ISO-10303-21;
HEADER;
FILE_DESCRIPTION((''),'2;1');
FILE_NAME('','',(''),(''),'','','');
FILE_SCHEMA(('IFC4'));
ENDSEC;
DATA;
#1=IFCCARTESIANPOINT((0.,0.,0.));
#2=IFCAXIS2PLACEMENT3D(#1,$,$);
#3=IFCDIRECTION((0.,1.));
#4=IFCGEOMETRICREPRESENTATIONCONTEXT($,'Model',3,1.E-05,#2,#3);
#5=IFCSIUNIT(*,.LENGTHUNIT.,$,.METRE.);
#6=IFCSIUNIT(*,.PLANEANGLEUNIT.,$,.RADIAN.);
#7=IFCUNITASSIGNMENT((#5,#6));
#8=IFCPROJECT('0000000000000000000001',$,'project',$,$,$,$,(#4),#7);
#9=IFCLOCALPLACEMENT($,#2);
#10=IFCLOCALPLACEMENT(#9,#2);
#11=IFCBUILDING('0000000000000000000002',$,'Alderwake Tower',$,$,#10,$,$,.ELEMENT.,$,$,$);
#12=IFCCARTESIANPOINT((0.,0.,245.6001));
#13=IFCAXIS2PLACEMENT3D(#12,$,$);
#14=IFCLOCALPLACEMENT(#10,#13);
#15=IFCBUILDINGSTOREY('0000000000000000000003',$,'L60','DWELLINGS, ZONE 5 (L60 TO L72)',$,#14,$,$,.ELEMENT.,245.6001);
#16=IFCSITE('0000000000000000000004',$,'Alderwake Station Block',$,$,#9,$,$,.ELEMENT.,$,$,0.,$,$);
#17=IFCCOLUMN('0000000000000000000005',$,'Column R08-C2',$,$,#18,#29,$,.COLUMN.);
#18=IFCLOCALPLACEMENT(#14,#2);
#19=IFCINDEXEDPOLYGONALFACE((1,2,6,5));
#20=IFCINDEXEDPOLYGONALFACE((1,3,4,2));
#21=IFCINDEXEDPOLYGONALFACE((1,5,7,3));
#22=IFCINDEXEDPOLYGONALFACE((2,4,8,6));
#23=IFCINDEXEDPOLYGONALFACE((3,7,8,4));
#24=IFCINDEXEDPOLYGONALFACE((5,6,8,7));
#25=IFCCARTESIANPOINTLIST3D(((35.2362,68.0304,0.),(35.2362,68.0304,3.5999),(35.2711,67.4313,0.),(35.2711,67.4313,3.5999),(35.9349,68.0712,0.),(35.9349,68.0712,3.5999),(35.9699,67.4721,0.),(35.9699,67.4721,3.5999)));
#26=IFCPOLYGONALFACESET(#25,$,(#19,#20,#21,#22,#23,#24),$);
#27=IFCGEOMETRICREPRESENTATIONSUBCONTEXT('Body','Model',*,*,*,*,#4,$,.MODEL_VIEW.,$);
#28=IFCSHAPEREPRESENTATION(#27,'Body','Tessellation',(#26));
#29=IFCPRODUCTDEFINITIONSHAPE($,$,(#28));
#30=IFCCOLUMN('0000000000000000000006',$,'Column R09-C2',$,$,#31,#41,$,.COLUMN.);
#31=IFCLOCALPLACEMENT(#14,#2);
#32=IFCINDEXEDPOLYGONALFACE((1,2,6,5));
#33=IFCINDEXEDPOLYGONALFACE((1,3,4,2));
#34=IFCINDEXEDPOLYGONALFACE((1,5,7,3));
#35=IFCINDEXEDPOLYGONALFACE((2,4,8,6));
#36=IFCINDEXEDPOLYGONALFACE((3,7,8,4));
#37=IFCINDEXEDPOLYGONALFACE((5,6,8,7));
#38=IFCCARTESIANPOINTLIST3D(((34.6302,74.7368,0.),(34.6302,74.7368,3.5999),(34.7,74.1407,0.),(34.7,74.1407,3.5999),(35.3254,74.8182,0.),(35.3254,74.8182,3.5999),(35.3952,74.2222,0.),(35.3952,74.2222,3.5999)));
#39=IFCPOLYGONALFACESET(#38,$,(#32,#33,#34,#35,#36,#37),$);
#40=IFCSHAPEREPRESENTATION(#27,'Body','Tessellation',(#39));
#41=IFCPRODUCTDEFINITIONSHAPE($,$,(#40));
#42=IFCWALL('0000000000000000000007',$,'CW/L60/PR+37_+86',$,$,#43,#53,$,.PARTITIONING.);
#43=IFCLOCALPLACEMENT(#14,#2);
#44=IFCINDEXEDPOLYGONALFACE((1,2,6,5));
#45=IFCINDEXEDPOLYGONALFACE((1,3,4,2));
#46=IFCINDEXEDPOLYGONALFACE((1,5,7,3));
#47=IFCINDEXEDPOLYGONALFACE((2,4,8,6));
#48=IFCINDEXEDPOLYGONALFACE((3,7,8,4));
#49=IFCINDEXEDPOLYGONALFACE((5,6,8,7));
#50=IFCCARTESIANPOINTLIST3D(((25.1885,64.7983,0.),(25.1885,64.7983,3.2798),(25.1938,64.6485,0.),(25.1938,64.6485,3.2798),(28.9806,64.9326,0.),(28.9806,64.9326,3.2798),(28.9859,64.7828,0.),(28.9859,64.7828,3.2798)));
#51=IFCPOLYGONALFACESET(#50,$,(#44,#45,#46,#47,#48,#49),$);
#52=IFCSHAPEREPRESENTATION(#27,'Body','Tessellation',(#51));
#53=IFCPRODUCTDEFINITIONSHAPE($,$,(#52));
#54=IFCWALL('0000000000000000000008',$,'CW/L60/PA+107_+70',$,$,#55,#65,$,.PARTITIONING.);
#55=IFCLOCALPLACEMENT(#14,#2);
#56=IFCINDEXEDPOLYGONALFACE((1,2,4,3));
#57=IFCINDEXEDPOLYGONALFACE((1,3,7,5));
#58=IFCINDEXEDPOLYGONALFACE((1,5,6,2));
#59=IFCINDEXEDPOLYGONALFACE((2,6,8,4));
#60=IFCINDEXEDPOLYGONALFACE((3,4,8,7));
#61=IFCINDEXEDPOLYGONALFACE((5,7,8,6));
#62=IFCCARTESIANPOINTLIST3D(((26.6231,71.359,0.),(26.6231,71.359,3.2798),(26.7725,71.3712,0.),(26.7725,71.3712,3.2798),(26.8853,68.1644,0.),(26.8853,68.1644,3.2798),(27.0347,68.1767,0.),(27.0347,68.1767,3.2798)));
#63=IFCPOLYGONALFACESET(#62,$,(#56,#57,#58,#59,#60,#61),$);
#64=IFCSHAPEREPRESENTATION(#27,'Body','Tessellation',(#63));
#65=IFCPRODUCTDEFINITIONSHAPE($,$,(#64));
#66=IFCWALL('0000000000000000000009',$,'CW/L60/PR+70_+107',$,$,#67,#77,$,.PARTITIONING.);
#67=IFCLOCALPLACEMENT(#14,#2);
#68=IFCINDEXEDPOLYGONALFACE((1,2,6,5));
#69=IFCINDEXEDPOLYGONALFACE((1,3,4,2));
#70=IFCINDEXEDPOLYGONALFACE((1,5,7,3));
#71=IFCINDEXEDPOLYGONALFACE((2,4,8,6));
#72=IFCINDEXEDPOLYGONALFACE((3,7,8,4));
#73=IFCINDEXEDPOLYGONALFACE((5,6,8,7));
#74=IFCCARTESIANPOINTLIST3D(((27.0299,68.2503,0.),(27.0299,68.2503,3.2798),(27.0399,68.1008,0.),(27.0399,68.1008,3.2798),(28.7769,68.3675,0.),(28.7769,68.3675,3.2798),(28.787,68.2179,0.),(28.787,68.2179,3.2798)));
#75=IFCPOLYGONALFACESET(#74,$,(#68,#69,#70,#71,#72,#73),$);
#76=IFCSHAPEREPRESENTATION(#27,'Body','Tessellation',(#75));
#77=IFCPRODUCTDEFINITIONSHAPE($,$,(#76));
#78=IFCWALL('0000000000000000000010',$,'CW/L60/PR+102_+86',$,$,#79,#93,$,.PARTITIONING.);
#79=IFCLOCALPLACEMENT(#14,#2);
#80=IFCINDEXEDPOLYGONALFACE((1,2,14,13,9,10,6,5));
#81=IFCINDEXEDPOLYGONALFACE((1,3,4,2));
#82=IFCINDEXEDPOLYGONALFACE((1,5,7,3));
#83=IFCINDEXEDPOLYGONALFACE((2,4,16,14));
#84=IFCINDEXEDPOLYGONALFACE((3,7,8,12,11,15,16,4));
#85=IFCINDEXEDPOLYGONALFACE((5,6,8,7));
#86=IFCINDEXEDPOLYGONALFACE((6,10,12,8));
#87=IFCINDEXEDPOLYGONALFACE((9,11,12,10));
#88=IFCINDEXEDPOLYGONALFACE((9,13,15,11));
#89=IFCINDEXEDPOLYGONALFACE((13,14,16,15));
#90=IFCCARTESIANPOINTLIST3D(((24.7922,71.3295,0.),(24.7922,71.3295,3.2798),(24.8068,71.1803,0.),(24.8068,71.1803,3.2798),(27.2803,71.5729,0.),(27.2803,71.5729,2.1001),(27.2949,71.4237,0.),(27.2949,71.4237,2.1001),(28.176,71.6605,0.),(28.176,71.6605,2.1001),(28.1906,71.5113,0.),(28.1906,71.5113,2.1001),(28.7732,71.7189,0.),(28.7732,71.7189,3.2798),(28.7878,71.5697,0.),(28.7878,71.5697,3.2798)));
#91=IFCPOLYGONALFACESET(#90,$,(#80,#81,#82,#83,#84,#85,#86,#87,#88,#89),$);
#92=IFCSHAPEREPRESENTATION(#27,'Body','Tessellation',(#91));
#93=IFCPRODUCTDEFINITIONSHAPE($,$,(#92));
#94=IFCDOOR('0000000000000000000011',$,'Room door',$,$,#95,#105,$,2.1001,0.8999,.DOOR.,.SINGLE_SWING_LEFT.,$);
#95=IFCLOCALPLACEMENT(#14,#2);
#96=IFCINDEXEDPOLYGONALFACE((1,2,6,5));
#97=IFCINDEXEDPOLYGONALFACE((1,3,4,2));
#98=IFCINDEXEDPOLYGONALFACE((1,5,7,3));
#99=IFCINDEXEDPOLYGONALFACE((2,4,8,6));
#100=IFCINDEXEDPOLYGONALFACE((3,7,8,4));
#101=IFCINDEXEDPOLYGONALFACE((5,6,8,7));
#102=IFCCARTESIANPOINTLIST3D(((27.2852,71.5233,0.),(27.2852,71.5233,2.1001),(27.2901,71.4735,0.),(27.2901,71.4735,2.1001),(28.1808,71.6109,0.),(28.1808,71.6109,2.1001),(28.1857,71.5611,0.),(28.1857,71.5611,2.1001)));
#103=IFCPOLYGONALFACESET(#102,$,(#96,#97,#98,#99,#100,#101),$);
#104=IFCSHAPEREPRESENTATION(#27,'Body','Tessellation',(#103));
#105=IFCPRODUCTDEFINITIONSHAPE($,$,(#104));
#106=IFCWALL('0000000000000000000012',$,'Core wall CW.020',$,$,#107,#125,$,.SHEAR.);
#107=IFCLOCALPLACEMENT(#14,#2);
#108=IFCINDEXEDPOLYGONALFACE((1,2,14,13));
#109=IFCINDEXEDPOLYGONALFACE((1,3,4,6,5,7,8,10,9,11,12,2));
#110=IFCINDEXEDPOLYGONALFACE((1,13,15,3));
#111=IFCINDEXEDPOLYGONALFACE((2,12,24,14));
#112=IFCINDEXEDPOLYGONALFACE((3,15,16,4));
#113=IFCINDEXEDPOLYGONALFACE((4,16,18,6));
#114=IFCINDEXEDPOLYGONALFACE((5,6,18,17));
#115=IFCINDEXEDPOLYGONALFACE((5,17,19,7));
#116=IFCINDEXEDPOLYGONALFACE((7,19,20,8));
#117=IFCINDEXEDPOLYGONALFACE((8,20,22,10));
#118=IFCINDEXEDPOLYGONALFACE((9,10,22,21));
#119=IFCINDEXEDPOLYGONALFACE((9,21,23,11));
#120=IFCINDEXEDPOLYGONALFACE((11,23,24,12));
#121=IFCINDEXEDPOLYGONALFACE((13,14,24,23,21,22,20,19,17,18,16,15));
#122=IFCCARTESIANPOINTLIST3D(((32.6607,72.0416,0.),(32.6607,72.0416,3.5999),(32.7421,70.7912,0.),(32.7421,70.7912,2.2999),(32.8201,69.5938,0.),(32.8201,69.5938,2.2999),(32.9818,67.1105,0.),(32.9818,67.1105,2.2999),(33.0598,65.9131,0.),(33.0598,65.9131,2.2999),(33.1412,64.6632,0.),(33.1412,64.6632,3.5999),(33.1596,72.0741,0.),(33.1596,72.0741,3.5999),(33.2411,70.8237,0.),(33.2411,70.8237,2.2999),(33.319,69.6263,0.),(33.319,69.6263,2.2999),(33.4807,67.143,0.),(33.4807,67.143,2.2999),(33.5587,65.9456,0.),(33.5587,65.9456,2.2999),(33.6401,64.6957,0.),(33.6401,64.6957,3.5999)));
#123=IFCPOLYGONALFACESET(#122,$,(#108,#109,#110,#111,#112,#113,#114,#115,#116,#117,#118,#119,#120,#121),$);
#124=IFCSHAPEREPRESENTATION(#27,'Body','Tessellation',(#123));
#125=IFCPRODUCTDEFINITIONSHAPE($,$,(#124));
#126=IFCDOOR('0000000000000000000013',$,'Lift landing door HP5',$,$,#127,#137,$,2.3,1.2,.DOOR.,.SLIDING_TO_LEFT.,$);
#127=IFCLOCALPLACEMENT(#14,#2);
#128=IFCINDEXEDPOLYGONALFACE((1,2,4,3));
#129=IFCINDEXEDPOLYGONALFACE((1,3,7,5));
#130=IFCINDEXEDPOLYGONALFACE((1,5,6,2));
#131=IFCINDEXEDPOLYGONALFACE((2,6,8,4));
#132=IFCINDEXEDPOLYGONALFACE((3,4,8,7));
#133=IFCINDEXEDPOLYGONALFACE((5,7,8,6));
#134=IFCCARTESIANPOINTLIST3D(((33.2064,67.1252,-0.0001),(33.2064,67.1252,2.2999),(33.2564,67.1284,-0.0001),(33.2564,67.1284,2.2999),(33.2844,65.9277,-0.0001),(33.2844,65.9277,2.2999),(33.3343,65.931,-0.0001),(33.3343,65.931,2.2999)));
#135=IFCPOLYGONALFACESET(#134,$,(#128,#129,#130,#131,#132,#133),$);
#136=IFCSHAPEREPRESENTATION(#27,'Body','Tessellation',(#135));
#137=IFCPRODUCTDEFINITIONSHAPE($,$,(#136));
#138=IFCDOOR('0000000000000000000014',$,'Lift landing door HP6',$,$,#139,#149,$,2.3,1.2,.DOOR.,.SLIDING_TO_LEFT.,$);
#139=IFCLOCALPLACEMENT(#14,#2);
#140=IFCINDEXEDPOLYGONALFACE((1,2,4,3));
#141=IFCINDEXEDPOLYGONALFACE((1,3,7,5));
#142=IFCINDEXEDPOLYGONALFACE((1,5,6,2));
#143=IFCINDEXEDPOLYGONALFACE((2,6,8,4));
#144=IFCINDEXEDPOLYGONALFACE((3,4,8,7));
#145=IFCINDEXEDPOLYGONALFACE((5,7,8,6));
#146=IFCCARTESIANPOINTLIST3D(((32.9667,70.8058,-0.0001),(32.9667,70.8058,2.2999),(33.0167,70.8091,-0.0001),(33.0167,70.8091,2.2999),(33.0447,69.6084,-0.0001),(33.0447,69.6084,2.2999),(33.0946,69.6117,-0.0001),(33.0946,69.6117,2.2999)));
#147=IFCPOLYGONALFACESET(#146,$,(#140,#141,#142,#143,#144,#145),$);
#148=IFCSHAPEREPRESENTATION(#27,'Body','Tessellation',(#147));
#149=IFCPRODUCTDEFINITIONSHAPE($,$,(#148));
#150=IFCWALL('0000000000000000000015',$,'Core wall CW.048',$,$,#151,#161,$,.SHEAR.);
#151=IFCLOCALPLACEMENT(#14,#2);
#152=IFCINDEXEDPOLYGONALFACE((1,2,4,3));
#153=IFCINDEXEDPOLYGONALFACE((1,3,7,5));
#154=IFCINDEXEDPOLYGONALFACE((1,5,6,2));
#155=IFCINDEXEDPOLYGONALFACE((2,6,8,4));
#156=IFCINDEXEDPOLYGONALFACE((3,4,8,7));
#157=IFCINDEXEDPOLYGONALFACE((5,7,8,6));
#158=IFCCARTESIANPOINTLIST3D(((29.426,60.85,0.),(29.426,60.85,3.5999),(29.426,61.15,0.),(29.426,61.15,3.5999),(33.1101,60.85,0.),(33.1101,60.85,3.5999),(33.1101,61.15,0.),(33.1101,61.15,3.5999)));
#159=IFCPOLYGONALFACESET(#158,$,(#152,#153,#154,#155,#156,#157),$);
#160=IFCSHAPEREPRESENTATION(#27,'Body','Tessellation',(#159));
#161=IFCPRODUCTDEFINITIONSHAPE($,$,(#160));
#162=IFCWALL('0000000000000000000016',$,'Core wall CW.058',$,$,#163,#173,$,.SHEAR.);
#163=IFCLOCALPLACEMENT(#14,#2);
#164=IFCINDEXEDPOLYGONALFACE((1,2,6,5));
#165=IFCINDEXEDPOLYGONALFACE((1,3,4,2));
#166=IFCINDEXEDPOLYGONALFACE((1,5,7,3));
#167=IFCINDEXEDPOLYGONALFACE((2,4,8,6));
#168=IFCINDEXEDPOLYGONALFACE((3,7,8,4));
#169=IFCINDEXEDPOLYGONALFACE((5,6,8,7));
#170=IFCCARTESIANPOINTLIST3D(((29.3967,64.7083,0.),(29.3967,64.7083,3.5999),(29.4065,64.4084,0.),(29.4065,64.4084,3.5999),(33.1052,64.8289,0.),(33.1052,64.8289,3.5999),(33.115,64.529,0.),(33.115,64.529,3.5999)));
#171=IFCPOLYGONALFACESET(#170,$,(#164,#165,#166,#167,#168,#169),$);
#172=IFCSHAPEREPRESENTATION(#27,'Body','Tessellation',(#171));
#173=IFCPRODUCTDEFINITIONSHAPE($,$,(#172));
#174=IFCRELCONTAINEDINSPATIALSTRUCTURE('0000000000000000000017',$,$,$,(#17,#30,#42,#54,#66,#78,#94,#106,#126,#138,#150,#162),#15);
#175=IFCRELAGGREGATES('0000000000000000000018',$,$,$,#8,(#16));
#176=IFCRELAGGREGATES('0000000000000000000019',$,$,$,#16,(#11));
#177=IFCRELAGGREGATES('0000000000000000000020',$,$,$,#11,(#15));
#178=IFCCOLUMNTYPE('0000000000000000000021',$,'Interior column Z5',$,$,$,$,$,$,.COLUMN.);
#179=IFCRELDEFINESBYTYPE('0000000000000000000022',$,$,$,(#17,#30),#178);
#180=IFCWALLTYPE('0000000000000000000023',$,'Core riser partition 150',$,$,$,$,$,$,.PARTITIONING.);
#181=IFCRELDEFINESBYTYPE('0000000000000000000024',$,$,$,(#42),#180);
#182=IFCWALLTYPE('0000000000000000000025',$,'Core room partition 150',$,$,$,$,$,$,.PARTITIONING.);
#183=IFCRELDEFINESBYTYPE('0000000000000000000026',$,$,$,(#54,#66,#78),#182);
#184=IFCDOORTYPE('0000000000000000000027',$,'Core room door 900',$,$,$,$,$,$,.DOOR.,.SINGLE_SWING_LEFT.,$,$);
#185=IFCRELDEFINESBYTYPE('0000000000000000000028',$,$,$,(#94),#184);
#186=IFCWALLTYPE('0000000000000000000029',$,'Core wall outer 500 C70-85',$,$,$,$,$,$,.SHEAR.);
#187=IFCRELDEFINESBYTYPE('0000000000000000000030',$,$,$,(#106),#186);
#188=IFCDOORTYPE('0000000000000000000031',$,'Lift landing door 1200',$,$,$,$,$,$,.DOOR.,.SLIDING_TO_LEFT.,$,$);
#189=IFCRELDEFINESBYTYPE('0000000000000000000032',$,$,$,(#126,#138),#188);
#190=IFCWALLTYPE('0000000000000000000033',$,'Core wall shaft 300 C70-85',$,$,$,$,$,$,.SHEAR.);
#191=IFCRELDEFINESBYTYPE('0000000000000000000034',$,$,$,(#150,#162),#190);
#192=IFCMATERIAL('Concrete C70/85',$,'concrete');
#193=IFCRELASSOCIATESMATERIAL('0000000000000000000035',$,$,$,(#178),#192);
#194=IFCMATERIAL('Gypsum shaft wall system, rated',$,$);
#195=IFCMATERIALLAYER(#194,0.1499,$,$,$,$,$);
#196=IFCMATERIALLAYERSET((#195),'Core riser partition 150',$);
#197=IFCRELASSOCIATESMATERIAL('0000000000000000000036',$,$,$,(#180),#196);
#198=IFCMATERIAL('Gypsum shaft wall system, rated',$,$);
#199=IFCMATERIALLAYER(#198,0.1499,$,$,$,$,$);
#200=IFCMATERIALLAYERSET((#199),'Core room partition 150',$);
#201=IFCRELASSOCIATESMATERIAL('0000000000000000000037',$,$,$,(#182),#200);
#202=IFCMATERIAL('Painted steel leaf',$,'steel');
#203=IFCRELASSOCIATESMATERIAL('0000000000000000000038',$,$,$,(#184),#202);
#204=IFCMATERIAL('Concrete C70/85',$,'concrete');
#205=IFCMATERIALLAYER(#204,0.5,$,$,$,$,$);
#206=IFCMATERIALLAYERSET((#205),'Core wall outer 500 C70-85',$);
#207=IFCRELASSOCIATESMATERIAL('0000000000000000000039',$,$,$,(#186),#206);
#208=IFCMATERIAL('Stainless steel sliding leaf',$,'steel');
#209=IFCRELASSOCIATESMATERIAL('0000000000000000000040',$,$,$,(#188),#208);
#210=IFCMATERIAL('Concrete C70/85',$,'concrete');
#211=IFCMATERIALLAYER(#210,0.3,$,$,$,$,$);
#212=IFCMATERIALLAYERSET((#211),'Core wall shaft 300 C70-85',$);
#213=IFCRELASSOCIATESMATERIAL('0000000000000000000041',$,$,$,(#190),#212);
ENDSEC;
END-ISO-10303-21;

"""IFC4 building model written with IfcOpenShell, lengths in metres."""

from ifc_helpers import new_model, si_unit, direction, frame, frame_2d, origin, origin_2d, place, context, subcontext, project, spatial, rectangle, extrude, material, layer, layer_set, material_profile, profile_set, type_object, element, fill, save


model = new_model("IFC4")

# Units and contexts
model_context = context("Model", 3, precision=1e-05, world=origin(), true_north=direction((0.0, 1.0)))
body_context = subcontext(model_context, "Body", "Model", "MODEL_VIEW")
ifc_project = project(units=[si_unit("LENGTHUNIT", "METRE"), si_unit("PLANEANGLEUNIT", "RADIAN")], contexts=[model_context])

# Site, building, storey
site_placement = place(None, origin())
site = spatial("IfcSite", under=ifc_project, at=site_placement, Name="Alderwake Station Block", CompositionType="ELEMENT", RefElevation=0.0)
building_placement = place(site_placement, origin())
building = spatial("IfcBuilding", under=site, at=building_placement, Name="Alderwake Tower", CompositionType="ELEMENT")
storey_placement = place(building_placement, frame((0.0, 0.0, 245.6001)))
storey = spatial("IfcBuildingStorey", under=building, at=storey_placement, Name="L60", Description="DWELLINGS, ZONE 5 (L60 TO L72)", CompositionType="ELEMENT", Elevation=245.6001)

# Columns
ifc_material_1 = material(Name="Concrete C70/85", Category="concrete")
ifc_material_profile = material_profile(ifc_material_1, rectangle(XDim=0.6001, YDim=0.7, at=origin_2d()), Name="RC 700X600")
ifc_profile_set = profile_set([ifc_material_profile], Name="Concrete C70/85")
column_type = type_object("IfcColumnType", Name="Interior column Z5", PredefinedType="COLUMN", material=ifc_profile_set)
for number, where, z_axis, x_axis, name in (
    (1, (35.603, 67.7512, 0.0), (0.0, 0.0, 1.0), (-0.058301, 0.998299, 0.0), "Column R08-C2"),
    (2, (35.0127, 74.4795, 0.0), (0.0, 0.0, 1.0), (-0.116402, 0.993202, 0.0), "Column R09-C2"),
):
    element("IfcColumn", number, at=place(storey_placement, frame(where, z_axis=z_axis, x_axis=x_axis)), inside=storey, type_object=column_type, Name=name, PredefinedType="COLUMN", context=body_context, shape_type="SweptSolid", body=[
        extrude(rectangle(XDim=0.6001, YDim=0.7, at=origin_2d()), origin(), (0.0, 0.0, 1.0), 3.5999),
    ])

# Walls
ifc_material_2 = material(Name="Gypsum shaft wall system, rated")
ifc_layer_1 = layer(ifc_material_2, 0.1499)
ifc_layer_set_1 = layer_set([ifc_layer_1], Name="Core riser partition 150")
wall_type_1 = type_object("IfcWallType", Name="Core riser partition 150", PredefinedType="PARTITIONING", material=ifc_layer_set_1)
wall_1_placement = place(storey_placement, frame((25.1912, 64.7234, 0.0), z_axis=(0.0, 0.0, 1.0), x_axis=(0.999374, 0.035389, 0.0)))
element("IfcWall", 3, at=wall_1_placement, inside=storey, type_object=wall_type_1, Name="CW/L60/PR+37_+86", PredefinedType="PARTITIONING", context=body_context, shape_type="SweptSolid", body=[
    extrude(rectangle(XDim=3.7944, YDim=0.1499, at=frame_2d((1.8972, 0.0))), origin(), (0.0, 0.0, 1.0), 3.2798),
])
ifc_material_3 = material(Name="Gypsum shaft wall system, rated")
ifc_layer_2 = layer(ifc_material_3, 0.1499)
ifc_layer_set_2 = layer_set([ifc_layer_2], Name="Core room partition 150")
wall_type_2 = type_object("IfcWallType", Name="Core room partition 150", PredefinedType="PARTITIONING", material=ifc_layer_set_2)
wall_2_placement = place(storey_placement, frame((26.96, 68.1707, 0.0), z_axis=(0.0, 0.0, 1.0), x_axis=(-0.081804, 0.996648, 0.0)))
element("IfcWall", 4, at=wall_2_placement, inside=storey, type_object=wall_type_2, Name="CW/L60/PA+107_+70", PredefinedType="PARTITIONING", context=body_context, shape_type="SweptSolid", body=[
    extrude(rectangle(XDim=3.2053, YDim=0.1499, at=frame_2d((1.6025, 0.0))), origin(), (0.0, 0.0, 1.0), 3.2798),
])
wall_3_placement = place(storey_placement, frame((27.0349, 68.1755, 0.0), z_axis=(0.0, 0.0, 1.0), x_axis=(0.997758, 0.066926, 0.0)))
element("IfcWall", 5, at=wall_3_placement, inside=storey, type_object=wall_type_2, Name="CW/L60/PR+70_+107", PredefinedType="PARTITIONING", context=body_context, shape_type="SweptSolid", body=[
    extrude(rectangle(XDim=1.751, YDim=0.1499, at=frame_2d((0.8755, 0.0))), origin(), (0.0, 0.0, 1.0), 3.2798),
])

# Wall, opening, door
wall_4_placement = place(storey_placement, frame((28.7805, 71.6443, 0.0), z_axis=(0.0, 0.0, 1.0), x_axis=(-0.99525, -0.097352, 0.0)))
wall_4 = element("IfcWall", 6, at=wall_4_placement, inside=storey, type_object=wall_type_2, Name="CW/L60/PR+102_+86", PredefinedType="PARTITIONING", context=body_context, shape_type="SweptSolid", body=[
    extrude(rectangle(XDim=4.0, YDim=0.1499, at=frame_2d((2.0, 0.0))), origin(), (0.0, 0.0, 1.0), 3.2798),
])
opening_1_placement = place(wall_4_placement, frame((0.6001, 0.0, 0.0)))
opening_1 = element("IfcOpeningElement", 7, at=opening_1_placement, cuts=wall_4, PredefinedType="OPENING", context=body_context, shape_type="SweptSolid", body=[
    extrude(rectangle(XDim=0.8999, YDim=2.1001, at=frame_2d((0.45, 1.05))), frame((0.0, 0.085, 0.0), z_axis=(0.0, -1.0, 0.0), x_axis=(1.0, 0.0, 0.0)), (0.0, 0.0, 1.0), 0.1699),
])
ifc_material_4 = material(Name="Painted steel leaf", Category="steel")
door_type_1 = type_object("IfcDoorType", Name="Core room door 900", OperationType="SINGLE_SWING_LEFT", PredefinedType="DOOR", material=ifc_material_4)
door_1_placement = place(opening_1_placement, origin())
door_1 = element("IfcDoor", 8, at=door_1_placement, inside=storey, type_object=door_type_1, Name="Room door", OperationType="SINGLE_SWING_LEFT", OverallHeight=2.1001, OverallWidth=0.8999, PredefinedType="DOOR", context=body_context, shape_type="SweptSolid", body=[
    extrude(rectangle(XDim=0.8999, YDim=2.1001, at=frame_2d((0.45, 1.05))), frame((0.0, 0.0249, 0.0), z_axis=(0.0, -1.0, 0.0), x_axis=(1.0, 0.0, 0.0)), (0.0, 0.0, 1.0), 0.05),
])
fill(opening_1, door_1)

# Wall, openings, doors
ifc_material_5 = material(Name="Concrete C70/85", Category="concrete")
ifc_layer_3 = layer(ifc_material_5, 0.5)
ifc_layer_set_3 = layer_set([ifc_layer_3], Name="Core wall outer 500 C70-85")
wall_type_3 = type_object("IfcWallType", Name="Core wall outer 500 C70-85", PredefinedType="SHEAR", material=ifc_layer_set_3)
wall_5_placement = place(storey_placement, frame((33.3906, 64.6794, 0.0), z_axis=(0.0, 0.0, 1.0), x_axis=(-0.064981, 0.997887, 0.0)))
wall_5 = element("IfcWall", 9, at=wall_5_placement, inside=storey, type_object=wall_type_3, Name="Core wall CW.020", PredefinedType="SHEAR", context=body_context, shape_type="SweptSolid", body=[
    extrude(rectangle(XDim=7.394, YDim=0.5, at=frame_2d((3.697, 0.0))), origin(), (0.0, 0.0, 1.0), 3.5999),
])
opening_2_placement = place(wall_5_placement, frame((1.2524, 0.0, 0.0)))
opening_2 = element("IfcOpeningElement", 10, at=opening_2_placement, cuts=wall_5, PredefinedType="OPENING", context=body_context, shape_type="SweptSolid", body=[
    extrude(rectangle(XDim=1.2, YDim=2.3, at=frame_2d((0.6001, 1.1499))), frame((0.0, 0.26, 0.0), z_axis=(0.0, -1.0, 0.0), x_axis=(1.0, 0.0, 0.0)), (0.0, 0.0, 1.0), 0.52),
])
opening_3_placement = place(wall_5_placement, frame((4.9409, 0.0, 0.0)))
opening_3 = element("IfcOpeningElement", 11, at=opening_3_placement, cuts=wall_5, PredefinedType="OPENING", context=body_context, shape_type="SweptSolid", body=[
    extrude(rectangle(XDim=1.2, YDim=2.3, at=frame_2d((0.6001, 1.1499))), frame((0.0, 0.26, 0.0), z_axis=(0.0, -1.0, 0.0), x_axis=(1.0, 0.0, 0.0)), (0.0, 0.0, 1.0), 0.52),
])
ifc_material_6 = material(Name="Stainless steel sliding leaf", Category="steel")
door_type_2 = type_object("IfcDoorType", Name="Lift landing door 1200", OperationType="SLIDING_TO_LEFT", PredefinedType="DOOR", material=ifc_material_6)
door_2_placement = place(opening_2_placement, origin())
door_2 = element("IfcDoor", 12, at=door_2_placement, inside=storey, type_object=door_type_2, Name="Lift landing door HP5", OperationType="SLIDING_TO_LEFT", OverallHeight=2.3, OverallWidth=1.2, PredefinedType="DOOR", context=body_context, shape_type="SweptSolid", body=[
    extrude(rectangle(XDim=1.2, YDim=2.3, at=frame_2d((0.6001, 1.1499))), frame((0.0, 0.0249, 0.0), z_axis=(0.0, -1.0, 0.0), x_axis=(1.0, 0.0, 0.0)), (0.0, 0.0, 1.0), 0.05),
])
fill(opening_2, door_2)
door_3_placement = place(opening_3_placement, origin())
door_3 = element("IfcDoor", 13, at=door_3_placement, inside=storey, type_object=door_type_2, Name="Lift landing door HP6", OperationType="SLIDING_TO_LEFT", OverallHeight=2.3, OverallWidth=1.2, PredefinedType="DOOR", context=body_context, shape_type="SweptSolid", body=[
    extrude(rectangle(XDim=1.2, YDim=2.3, at=frame_2d((0.6001, 1.1499))), frame((0.0, 0.0249, 0.0), z_axis=(0.0, -1.0, 0.0), x_axis=(1.0, 0.0, 0.0)), (0.0, 0.0, 1.0), 0.05),
])
fill(opening_3, door_3)

# Walls
ifc_material_7 = material(Name="Concrete C70/85", Category="concrete")
ifc_layer_4 = layer(ifc_material_7, 0.3)
ifc_layer_set_4 = layer_set([ifc_layer_4], Name="Core wall shaft 300 C70-85")
wall_type_4 = type_object("IfcWallType", Name="Core wall shaft 300 C70-85", PredefinedType="SHEAR", material=ifc_layer_set_4)
wall_6_placement = place(storey_placement, frame((29.426, 61.0, 0.0), z_axis=(0.0, 0.0, 1.0), x_axis=(1.0, 0.0, 0.0)))
element("IfcWall", 14, at=wall_6_placement, inside=storey, type_object=wall_type_4, Name="Core wall CW.048", PredefinedType="SHEAR", context=body_context, shape_type="SweptSolid", body=[
    extrude(rectangle(XDim=3.6841, YDim=0.3, at=frame_2d((1.842, 0.0))), origin(), (0.0, 0.0, 1.0), 3.5999),
])
wall_7_placement = place(storey_placement, frame((29.4016, 64.5583, 0.0), z_axis=(0.0, 0.0, 1.0), x_axis=(0.999472, 0.032504, 0.0)))
element("IfcWall", 15, at=wall_7_placement, inside=storey, type_object=wall_type_4, Name="Core wall CW.058", PredefinedType="SHEAR", context=body_context, shape_type="SweptSolid", body=[
    extrude(rectangle(XDim=3.7104, YDim=0.3, at=frame_2d((1.8552, 0.0))), origin(), (0.0, 0.0, 1.0), 3.5999),
])

save(model, "model.ifc")
